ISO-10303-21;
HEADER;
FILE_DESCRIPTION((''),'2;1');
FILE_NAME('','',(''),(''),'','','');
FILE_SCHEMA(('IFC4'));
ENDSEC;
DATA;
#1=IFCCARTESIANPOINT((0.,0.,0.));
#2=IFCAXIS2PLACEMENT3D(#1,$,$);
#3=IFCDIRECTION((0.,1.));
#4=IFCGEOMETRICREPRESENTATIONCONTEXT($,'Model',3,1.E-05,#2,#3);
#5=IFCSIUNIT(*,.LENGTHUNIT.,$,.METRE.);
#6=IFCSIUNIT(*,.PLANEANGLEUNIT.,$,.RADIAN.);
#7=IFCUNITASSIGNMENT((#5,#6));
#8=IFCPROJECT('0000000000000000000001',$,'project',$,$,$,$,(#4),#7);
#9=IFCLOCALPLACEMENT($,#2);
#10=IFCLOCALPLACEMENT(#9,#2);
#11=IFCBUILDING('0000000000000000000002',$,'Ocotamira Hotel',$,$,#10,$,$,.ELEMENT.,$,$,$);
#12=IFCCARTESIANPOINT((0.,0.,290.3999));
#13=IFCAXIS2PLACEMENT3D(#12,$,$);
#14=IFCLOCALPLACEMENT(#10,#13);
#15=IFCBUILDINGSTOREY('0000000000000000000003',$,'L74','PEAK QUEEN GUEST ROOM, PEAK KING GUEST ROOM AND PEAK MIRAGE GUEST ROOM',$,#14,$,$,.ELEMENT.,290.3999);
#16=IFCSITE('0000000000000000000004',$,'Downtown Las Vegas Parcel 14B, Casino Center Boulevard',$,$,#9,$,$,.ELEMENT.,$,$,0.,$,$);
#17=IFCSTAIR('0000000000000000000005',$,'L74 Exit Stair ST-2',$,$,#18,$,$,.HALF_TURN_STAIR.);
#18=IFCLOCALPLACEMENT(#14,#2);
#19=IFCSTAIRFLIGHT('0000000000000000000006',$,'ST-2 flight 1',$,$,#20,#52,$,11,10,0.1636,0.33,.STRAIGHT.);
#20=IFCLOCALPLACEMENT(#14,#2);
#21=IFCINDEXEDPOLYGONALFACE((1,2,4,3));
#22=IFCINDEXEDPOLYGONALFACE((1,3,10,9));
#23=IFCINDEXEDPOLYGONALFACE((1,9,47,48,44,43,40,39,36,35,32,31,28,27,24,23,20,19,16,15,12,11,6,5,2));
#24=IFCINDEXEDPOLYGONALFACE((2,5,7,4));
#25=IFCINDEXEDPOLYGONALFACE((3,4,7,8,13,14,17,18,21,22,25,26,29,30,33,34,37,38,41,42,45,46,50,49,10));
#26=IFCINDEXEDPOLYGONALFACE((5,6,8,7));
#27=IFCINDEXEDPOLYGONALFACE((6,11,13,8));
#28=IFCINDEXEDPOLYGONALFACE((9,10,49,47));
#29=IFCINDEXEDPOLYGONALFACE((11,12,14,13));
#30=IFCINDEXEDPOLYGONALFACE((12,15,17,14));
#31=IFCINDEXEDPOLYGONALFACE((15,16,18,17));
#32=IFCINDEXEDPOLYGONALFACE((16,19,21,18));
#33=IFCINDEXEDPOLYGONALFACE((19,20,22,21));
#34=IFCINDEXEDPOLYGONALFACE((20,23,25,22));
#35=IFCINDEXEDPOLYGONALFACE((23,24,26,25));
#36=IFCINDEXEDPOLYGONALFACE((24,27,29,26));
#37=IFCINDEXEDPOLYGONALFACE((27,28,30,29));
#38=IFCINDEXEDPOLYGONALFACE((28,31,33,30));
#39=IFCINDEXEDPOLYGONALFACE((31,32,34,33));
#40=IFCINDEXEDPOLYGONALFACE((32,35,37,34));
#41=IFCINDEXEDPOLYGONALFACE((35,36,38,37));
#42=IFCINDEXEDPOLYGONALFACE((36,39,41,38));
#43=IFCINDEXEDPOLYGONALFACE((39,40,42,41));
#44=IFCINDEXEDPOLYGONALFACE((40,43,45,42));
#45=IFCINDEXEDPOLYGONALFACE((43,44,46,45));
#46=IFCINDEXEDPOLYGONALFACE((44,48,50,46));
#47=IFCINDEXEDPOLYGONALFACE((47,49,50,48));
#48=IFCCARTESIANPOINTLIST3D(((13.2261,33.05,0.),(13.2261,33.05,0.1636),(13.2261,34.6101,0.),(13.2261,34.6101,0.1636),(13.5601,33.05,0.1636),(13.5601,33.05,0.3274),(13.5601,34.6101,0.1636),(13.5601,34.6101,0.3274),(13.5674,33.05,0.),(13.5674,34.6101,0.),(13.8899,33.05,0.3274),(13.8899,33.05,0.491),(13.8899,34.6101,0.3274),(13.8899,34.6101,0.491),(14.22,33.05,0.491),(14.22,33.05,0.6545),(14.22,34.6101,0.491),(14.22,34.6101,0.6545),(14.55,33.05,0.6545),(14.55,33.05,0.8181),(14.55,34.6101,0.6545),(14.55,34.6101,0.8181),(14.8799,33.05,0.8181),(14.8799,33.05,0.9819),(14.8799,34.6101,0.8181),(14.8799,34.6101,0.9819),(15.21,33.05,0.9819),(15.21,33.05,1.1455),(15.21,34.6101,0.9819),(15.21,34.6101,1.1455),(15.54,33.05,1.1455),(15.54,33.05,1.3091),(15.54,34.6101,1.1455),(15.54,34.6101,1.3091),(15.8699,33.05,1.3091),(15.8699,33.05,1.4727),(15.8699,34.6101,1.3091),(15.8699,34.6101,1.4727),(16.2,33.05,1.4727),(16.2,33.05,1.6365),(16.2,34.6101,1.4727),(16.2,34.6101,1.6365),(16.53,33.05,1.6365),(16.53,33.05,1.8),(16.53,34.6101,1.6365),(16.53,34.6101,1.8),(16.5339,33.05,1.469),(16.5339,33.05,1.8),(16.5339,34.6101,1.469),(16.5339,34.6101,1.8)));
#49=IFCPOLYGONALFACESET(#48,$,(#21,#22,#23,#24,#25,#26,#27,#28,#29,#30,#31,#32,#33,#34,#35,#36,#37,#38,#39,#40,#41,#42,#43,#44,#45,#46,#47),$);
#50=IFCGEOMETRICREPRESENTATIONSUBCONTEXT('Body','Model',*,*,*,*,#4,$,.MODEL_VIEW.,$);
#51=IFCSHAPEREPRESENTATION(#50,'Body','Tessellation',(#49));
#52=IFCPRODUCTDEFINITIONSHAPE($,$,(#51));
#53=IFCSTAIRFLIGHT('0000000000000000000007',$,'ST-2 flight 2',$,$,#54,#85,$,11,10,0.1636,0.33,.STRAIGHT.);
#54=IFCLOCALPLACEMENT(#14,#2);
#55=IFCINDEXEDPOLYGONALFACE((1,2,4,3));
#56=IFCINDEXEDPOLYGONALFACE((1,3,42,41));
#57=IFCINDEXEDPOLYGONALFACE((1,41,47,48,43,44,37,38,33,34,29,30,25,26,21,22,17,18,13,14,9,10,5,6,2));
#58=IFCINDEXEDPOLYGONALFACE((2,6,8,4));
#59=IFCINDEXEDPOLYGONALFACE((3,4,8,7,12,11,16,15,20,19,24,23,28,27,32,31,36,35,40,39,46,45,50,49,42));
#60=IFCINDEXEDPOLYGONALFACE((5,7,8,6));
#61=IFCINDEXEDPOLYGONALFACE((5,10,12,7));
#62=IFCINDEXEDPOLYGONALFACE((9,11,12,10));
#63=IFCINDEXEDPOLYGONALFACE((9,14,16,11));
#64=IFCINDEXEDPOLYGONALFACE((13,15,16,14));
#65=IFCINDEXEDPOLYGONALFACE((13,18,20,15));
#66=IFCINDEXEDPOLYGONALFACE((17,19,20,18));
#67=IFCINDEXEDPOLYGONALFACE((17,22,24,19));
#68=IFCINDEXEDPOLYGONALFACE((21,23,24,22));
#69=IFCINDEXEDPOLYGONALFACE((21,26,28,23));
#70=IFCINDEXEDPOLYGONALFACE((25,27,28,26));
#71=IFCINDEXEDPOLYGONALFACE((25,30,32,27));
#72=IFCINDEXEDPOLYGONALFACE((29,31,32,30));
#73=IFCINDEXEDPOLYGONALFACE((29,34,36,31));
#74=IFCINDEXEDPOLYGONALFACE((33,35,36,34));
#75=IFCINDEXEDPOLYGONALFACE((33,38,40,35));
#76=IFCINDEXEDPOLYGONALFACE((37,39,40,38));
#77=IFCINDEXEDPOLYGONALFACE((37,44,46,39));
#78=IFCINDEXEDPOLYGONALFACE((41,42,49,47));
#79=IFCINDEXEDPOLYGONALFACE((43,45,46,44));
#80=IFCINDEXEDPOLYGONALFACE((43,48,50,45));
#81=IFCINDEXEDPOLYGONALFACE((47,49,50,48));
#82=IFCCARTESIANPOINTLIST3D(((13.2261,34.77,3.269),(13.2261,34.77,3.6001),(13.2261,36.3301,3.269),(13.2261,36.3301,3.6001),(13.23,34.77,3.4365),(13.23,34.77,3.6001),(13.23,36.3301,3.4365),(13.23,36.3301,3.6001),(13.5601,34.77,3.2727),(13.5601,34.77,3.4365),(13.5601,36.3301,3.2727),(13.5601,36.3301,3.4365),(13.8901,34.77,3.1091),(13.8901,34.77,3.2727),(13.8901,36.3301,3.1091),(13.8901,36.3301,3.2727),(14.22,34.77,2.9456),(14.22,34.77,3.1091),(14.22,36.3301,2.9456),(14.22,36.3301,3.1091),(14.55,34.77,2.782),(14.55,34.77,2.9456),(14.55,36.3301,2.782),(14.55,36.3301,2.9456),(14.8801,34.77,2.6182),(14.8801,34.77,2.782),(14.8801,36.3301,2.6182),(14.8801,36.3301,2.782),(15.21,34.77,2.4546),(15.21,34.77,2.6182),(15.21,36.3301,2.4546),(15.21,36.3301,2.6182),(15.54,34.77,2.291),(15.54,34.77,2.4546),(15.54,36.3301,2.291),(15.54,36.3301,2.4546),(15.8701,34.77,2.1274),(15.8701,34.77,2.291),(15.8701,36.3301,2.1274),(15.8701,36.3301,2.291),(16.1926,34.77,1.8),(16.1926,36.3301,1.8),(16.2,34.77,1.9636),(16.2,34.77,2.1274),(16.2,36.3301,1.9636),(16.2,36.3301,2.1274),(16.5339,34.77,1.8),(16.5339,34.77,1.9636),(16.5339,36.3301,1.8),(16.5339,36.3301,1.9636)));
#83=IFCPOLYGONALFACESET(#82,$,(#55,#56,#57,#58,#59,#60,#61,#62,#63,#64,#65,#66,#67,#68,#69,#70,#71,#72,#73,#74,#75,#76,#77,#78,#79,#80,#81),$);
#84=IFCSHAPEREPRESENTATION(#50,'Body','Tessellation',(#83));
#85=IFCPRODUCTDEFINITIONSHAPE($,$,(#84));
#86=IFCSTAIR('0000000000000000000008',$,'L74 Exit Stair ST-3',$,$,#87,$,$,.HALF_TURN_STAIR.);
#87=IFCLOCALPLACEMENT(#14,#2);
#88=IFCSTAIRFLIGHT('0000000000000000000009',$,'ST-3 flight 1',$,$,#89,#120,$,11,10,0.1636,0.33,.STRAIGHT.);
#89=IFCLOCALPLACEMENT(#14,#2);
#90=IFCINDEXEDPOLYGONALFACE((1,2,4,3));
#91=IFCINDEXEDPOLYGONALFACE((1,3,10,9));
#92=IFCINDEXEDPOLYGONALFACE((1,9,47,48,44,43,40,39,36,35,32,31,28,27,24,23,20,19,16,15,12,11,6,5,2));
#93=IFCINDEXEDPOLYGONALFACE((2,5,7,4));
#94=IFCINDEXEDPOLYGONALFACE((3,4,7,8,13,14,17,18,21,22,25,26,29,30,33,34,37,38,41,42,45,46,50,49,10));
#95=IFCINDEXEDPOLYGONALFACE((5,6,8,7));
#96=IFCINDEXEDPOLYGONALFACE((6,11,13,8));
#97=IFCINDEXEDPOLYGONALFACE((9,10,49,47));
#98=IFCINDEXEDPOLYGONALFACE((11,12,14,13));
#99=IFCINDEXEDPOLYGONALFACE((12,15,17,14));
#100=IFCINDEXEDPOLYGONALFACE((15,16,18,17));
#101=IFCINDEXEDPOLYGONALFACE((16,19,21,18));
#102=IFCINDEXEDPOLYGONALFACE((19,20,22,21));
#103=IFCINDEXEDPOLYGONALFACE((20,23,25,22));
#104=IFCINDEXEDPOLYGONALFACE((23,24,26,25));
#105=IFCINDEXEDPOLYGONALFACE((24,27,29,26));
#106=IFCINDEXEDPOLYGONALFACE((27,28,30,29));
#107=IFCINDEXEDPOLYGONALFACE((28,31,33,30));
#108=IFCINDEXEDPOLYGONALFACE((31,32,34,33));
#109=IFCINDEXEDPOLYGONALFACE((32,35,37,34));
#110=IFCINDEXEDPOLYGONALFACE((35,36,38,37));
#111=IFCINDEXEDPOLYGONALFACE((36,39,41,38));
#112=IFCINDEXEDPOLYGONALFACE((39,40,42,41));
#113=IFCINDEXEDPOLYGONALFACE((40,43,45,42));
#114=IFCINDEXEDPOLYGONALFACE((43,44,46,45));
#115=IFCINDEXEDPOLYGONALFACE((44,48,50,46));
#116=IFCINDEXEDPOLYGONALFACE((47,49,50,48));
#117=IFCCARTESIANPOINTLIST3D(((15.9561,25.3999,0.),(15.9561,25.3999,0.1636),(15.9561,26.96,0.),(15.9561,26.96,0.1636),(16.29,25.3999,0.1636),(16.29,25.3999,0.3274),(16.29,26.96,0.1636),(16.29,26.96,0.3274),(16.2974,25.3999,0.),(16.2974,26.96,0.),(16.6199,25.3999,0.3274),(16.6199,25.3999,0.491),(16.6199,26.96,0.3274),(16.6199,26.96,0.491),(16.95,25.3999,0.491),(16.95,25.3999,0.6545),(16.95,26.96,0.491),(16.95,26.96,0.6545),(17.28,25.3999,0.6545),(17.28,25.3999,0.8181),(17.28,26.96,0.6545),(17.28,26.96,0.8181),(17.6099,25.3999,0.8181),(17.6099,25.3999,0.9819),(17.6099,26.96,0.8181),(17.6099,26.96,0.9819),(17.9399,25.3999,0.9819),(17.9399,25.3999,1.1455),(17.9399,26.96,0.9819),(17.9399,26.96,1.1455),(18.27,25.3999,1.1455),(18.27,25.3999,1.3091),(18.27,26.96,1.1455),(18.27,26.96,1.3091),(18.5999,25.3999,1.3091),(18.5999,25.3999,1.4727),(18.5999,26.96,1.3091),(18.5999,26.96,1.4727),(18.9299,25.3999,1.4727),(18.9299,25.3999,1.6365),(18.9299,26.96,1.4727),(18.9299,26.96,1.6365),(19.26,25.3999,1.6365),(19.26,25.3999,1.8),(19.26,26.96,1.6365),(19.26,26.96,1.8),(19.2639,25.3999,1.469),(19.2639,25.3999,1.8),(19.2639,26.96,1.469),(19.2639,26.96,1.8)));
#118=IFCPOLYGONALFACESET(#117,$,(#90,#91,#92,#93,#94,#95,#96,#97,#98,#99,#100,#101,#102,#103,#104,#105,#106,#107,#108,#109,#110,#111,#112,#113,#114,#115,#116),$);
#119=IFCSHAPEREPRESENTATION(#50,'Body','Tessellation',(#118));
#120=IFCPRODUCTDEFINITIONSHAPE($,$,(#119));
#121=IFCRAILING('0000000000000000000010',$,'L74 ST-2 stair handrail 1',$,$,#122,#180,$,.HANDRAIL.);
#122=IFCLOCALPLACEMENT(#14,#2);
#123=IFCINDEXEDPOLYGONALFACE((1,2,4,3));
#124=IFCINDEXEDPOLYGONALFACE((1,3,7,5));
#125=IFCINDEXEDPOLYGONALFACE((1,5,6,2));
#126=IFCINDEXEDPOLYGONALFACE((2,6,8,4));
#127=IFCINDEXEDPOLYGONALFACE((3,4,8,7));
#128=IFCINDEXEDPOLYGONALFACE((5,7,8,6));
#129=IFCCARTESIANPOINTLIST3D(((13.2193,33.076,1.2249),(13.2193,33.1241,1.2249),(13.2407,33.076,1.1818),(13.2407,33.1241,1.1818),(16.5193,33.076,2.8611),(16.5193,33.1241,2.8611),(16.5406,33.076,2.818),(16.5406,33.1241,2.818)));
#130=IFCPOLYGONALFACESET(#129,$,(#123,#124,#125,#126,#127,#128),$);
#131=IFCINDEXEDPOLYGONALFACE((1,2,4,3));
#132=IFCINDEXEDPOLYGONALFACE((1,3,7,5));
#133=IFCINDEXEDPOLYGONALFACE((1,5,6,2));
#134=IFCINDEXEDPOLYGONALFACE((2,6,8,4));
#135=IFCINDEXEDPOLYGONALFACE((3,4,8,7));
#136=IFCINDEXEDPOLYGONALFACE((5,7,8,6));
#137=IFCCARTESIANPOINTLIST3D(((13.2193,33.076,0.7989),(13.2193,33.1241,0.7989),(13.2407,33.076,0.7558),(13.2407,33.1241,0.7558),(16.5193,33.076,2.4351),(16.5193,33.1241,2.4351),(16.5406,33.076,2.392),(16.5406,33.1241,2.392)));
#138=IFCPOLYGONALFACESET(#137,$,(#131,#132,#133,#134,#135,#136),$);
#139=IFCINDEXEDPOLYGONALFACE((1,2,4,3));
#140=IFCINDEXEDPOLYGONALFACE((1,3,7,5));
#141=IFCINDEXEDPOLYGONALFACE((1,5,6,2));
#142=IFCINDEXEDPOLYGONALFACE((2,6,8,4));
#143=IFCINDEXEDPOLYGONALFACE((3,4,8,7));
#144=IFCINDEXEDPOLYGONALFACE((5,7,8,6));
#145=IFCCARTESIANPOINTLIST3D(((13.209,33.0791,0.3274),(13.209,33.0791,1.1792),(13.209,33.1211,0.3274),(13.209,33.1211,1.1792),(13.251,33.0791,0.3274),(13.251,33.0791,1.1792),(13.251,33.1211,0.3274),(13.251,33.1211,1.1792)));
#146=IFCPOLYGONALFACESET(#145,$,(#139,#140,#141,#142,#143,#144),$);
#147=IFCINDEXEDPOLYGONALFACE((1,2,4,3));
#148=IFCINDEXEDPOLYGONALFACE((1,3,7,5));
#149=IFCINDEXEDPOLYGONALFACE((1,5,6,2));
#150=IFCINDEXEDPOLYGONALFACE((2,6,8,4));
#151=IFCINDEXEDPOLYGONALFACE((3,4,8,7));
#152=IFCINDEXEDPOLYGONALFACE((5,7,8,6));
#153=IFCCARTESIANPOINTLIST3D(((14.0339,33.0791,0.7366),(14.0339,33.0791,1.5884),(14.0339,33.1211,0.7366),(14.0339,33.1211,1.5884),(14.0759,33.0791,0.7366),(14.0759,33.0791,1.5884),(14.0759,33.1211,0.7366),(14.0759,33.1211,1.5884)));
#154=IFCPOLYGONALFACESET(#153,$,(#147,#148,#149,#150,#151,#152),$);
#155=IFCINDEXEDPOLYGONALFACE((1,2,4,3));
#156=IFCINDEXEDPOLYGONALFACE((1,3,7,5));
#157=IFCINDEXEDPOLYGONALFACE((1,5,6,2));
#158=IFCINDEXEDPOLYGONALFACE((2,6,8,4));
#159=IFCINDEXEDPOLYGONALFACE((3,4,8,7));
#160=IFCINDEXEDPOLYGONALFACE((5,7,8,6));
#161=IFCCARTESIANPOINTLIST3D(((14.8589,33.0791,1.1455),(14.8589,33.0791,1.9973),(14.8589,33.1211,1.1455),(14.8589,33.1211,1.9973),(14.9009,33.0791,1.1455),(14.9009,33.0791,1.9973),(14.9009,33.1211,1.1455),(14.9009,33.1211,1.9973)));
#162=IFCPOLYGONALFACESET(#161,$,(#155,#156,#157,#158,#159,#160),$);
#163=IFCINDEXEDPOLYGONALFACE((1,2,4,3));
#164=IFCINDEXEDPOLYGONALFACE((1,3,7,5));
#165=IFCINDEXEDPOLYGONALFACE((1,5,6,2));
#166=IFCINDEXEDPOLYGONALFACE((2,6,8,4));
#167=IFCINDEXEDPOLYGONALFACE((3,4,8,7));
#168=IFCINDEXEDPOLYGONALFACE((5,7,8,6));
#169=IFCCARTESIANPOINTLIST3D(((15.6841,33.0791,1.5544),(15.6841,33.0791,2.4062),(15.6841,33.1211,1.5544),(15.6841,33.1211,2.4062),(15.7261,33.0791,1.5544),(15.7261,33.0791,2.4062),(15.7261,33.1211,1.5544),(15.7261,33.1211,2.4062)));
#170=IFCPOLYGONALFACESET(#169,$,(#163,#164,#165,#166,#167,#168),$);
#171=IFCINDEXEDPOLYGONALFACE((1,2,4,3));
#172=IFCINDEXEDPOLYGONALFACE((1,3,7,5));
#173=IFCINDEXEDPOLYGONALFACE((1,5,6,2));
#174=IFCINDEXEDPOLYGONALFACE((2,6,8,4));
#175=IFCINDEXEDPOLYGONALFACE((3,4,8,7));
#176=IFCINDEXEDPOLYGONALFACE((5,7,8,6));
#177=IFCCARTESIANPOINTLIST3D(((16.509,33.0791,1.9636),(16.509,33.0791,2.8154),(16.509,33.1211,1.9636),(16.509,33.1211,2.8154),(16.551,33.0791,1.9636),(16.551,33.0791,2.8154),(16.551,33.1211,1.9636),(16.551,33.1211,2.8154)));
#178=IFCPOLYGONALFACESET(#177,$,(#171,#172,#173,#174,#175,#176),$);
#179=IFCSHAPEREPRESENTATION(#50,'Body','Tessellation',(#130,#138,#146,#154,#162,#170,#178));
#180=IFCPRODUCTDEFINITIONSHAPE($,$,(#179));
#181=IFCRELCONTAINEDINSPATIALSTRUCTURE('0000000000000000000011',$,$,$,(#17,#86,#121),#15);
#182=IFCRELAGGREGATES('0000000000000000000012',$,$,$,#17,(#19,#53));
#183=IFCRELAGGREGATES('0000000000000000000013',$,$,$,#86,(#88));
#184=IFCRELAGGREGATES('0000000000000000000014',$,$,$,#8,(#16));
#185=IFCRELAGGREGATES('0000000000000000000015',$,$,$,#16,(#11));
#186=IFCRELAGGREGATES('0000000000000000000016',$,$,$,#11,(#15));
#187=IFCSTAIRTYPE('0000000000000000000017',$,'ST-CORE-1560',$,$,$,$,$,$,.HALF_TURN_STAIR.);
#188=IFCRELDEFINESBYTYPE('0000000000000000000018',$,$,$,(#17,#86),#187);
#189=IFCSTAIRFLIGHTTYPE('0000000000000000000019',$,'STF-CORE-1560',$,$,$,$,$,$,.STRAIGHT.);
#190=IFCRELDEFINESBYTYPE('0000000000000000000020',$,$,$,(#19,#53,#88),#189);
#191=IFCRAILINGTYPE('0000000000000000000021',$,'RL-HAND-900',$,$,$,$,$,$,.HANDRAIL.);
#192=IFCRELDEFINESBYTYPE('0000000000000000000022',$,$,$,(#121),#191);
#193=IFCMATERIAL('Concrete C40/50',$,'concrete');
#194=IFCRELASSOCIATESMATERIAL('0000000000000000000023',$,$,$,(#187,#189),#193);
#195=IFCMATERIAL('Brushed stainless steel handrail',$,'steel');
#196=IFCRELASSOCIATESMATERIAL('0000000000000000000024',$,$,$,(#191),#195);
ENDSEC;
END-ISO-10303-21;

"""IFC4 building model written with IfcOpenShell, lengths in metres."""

from ifc_helpers import new_model, si_unit, direction, frame, origin, origin_2d, place, context, subcontext, project, spatial, polyline, rectangle, outline, extrude, source, transform, mapped, material, type_object, element, aggregate, save


model = new_model("IFC4")

# Units and contexts
model_context = context("Model", 3, precision=1e-05, world=origin(), true_north=direction((0.0, 1.0)))
body_context = subcontext(model_context, "Body", "Model", "MODEL_VIEW")
ifc_project = project(units=[si_unit("LENGTHUNIT", "METRE"), si_unit("PLANEANGLEUNIT", "RADIAN")], contexts=[model_context])

# Site, building, storey
site_placement = place(None, origin())
site = spatial("IfcSite", under=ifc_project, at=site_placement, Name="Downtown Las Vegas Parcel 14B, Casino Center Boulevard", CompositionType="ELEMENT", RefElevation=0.0)
building_placement = place(site_placement, origin())
building = spatial("IfcBuilding", under=site, at=building_placement, Name="Ocotamira Hotel", CompositionType="ELEMENT")
storey_placement = place(building_placement, frame((0.0, 0.0, 290.3999)))
storey = spatial("IfcBuildingStorey", under=building, at=storey_placement, Name="L74", Description="PEAK QUEEN GUEST ROOM, PEAK KING GUEST ROOM AND PEAK MIRAGE GUEST ROOM", CompositionType="ELEMENT", Elevation=290.3999)

# Stair, stair flights
ifc_material_1 = material(Name="Concrete C40/50", Category="concrete")
stair_type = type_object("IfcStairType", Name="ST-CORE-1560", PredefinedType="HALF_TURN_STAIR", material=ifc_material_1)
stair_1_placement = place(storey_placement, origin())
stair_1 = element("IfcStair", 1, at=stair_1_placement, inside=storey, type_object=stair_type, Name="L74 Exit Stair ST-2", PredefinedType="HALF_TURN_STAIR")
stair_flight_type = type_object("IfcStairFlightType", Name="STF-CORE-1560", PredefinedType="STRAIGHT", material=ifc_material_1)
shared_shape_1 = source(origin(), body_context, "Body", "SweptSolid", [
    extrude(outline(polyline([(-0.0039, 0.0), (-0.0039, 0.1636), (0.3301, 0.1636), (0.3301, 0.3274), (0.6599, 0.3274), (0.6599, 0.491), (0.99, 0.491), (0.99, 0.6545), (1.3201, 0.6545), (1.3201, 0.8181), (1.6499, 0.8181), (1.6499, 0.9819), (1.98, 0.9819), (1.98, 1.1455), (2.3101, 1.1455), (2.3101, 1.3091), (2.6399, 1.3091), (2.6399, 1.4727), (2.97, 1.4727), (2.97, 1.6365), (3.3, 1.6365), (3.3, 1.8), (3.304, 1.8), (3.304, 1.469), (0.3374, 0.0), (-0.0039, 0.0)])), frame((0.0, 0.78, 0.0), z_axis=(0.0, -1.0, 0.0), x_axis=(1.0, 0.0, 0.0)), (0.0, 0.0, 1.0), 1.5601),
])
stair_flight_1_placement = place(storey_placement, frame((13.23, 33.8301, 0.0), z_axis=(0.0, 0.0, 1.0), x_axis=(1.0, 0.0, 0.0)))
stair_flight_1 = element("IfcStairFlight", 2, at=stair_flight_1_placement, type_object=stair_flight_type, Name="ST-2 flight 1", NumberOfRisers=11, NumberOfTreads=10, PredefinedType="STRAIGHT", RiserHeight=0.1636, TreadLength=0.33, context=body_context, shape_type="MappedRepresentation", body=[
    mapped(shared_shape_1, transform((0.0, 0.0, 0.0), scale=1.0)),
])
stair_flight_2_placement = place(storey_placement, frame((16.53, 35.55, 1.8), z_axis=(0.0, 0.0, 1.0), x_axis=(-1.0, 0.0, 0.0)))
stair_flight_2 = element("IfcStairFlight", 3, at=stair_flight_2_placement, type_object=stair_flight_type, Name="ST-2 flight 2", NumberOfRisers=11, NumberOfTreads=10, PredefinedType="STRAIGHT", RiserHeight=0.1636, TreadLength=0.33, context=body_context, shape_type="MappedRepresentation", body=[
    mapped(shared_shape_1, transform((0.0, 0.0, 0.0), scale=1.0)),
])
aggregate(stair_1, [stair_flight_1, stair_flight_2])

# Stair, stair flight
stair_2_placement = place(storey_placement, origin())
stair_2 = element("IfcStair", 4, at=stair_2_placement, inside=storey, type_object=stair_type, Name="L74 Exit Stair ST-3", PredefinedType="HALF_TURN_STAIR")
stair_flight_3_placement = place(storey_placement, frame((15.96, 26.1799, 0.0), z_axis=(0.0, 0.0, 1.0), x_axis=(1.0, 0.0, 0.0)))
stair_flight_3 = element("IfcStairFlight", 5, at=stair_flight_3_placement, type_object=stair_flight_type, Name="ST-3 flight 1", NumberOfRisers=11, NumberOfTreads=10, PredefinedType="STRAIGHT", RiserHeight=0.1636, TreadLength=0.33, context=body_context, shape_type="MappedRepresentation", body=[
    mapped(shared_shape_1, transform((0.0, 0.0, 0.0), scale=1.0)),
])
aggregate(stair_2, [stair_flight_3])

# Railing
ifc_material_2 = material(Name="Brushed stainless steel handrail", Category="steel")
railing_type_1 = type_object("IfcRailingType", Name="RL-HAND-900", PredefinedType="HANDRAIL", material=ifc_material_2)
railing_1_placement = place(storey_placement, frame((13.23, 33.1001, 0.3274)))
element("IfcRailing", 6, at=railing_1_placement, inside=storey, type_object=railing_type_1, Name="L74 ST-2 stair handrail 1", PredefinedType="HANDRAIL", context=body_context, shape_type="SweptSolid", body=[
    extrude(rectangle(XDim=0.0481, YDim=0.0481, at=origin_2d()), frame((0.0, 0.0, 0.876), z_axis=(0.89592, 0.0, 0.444215), x_axis=(0.0, 1.0, 0.0)), (0.0, 0.0, 1.0), 3.6833),
    extrude(rectangle(XDim=0.0481, YDim=0.0481, at=origin_2d()), frame((0.0, 0.0, 0.45), z_axis=(0.89592, 0.0, 0.444215), x_axis=(0.0, 1.0, 0.0)), (0.0, 0.0, 1.0), 3.6833),
    extrude(rectangle(XDim=0.042, YDim=0.042, at=origin_2d()), origin(), (0.0, 0.0, 1.0), 0.8518),
    extrude(rectangle(XDim=0.042, YDim=0.042, at=origin_2d()), frame((0.825, 0.0, 0.4092)), (0.0, 0.0, 1.0), 0.8518),
    extrude(rectangle(XDim=0.042, YDim=0.042, at=origin_2d()), frame((1.6499, 0.0, 0.8181)), (0.0, 0.0, 1.0), 0.8518),
    extrude(rectangle(XDim=0.042, YDim=0.042, at=origin_2d()), frame((2.4751, 0.0, 1.2271)), (0.0, 0.0, 1.0), 0.8518),
    extrude(rectangle(XDim=0.042, YDim=0.042, at=origin_2d()), frame((3.3, 0.0, 1.6362)), (0.0, 0.0, 1.0), 0.8518),
])

save(model, "model.ifc")
